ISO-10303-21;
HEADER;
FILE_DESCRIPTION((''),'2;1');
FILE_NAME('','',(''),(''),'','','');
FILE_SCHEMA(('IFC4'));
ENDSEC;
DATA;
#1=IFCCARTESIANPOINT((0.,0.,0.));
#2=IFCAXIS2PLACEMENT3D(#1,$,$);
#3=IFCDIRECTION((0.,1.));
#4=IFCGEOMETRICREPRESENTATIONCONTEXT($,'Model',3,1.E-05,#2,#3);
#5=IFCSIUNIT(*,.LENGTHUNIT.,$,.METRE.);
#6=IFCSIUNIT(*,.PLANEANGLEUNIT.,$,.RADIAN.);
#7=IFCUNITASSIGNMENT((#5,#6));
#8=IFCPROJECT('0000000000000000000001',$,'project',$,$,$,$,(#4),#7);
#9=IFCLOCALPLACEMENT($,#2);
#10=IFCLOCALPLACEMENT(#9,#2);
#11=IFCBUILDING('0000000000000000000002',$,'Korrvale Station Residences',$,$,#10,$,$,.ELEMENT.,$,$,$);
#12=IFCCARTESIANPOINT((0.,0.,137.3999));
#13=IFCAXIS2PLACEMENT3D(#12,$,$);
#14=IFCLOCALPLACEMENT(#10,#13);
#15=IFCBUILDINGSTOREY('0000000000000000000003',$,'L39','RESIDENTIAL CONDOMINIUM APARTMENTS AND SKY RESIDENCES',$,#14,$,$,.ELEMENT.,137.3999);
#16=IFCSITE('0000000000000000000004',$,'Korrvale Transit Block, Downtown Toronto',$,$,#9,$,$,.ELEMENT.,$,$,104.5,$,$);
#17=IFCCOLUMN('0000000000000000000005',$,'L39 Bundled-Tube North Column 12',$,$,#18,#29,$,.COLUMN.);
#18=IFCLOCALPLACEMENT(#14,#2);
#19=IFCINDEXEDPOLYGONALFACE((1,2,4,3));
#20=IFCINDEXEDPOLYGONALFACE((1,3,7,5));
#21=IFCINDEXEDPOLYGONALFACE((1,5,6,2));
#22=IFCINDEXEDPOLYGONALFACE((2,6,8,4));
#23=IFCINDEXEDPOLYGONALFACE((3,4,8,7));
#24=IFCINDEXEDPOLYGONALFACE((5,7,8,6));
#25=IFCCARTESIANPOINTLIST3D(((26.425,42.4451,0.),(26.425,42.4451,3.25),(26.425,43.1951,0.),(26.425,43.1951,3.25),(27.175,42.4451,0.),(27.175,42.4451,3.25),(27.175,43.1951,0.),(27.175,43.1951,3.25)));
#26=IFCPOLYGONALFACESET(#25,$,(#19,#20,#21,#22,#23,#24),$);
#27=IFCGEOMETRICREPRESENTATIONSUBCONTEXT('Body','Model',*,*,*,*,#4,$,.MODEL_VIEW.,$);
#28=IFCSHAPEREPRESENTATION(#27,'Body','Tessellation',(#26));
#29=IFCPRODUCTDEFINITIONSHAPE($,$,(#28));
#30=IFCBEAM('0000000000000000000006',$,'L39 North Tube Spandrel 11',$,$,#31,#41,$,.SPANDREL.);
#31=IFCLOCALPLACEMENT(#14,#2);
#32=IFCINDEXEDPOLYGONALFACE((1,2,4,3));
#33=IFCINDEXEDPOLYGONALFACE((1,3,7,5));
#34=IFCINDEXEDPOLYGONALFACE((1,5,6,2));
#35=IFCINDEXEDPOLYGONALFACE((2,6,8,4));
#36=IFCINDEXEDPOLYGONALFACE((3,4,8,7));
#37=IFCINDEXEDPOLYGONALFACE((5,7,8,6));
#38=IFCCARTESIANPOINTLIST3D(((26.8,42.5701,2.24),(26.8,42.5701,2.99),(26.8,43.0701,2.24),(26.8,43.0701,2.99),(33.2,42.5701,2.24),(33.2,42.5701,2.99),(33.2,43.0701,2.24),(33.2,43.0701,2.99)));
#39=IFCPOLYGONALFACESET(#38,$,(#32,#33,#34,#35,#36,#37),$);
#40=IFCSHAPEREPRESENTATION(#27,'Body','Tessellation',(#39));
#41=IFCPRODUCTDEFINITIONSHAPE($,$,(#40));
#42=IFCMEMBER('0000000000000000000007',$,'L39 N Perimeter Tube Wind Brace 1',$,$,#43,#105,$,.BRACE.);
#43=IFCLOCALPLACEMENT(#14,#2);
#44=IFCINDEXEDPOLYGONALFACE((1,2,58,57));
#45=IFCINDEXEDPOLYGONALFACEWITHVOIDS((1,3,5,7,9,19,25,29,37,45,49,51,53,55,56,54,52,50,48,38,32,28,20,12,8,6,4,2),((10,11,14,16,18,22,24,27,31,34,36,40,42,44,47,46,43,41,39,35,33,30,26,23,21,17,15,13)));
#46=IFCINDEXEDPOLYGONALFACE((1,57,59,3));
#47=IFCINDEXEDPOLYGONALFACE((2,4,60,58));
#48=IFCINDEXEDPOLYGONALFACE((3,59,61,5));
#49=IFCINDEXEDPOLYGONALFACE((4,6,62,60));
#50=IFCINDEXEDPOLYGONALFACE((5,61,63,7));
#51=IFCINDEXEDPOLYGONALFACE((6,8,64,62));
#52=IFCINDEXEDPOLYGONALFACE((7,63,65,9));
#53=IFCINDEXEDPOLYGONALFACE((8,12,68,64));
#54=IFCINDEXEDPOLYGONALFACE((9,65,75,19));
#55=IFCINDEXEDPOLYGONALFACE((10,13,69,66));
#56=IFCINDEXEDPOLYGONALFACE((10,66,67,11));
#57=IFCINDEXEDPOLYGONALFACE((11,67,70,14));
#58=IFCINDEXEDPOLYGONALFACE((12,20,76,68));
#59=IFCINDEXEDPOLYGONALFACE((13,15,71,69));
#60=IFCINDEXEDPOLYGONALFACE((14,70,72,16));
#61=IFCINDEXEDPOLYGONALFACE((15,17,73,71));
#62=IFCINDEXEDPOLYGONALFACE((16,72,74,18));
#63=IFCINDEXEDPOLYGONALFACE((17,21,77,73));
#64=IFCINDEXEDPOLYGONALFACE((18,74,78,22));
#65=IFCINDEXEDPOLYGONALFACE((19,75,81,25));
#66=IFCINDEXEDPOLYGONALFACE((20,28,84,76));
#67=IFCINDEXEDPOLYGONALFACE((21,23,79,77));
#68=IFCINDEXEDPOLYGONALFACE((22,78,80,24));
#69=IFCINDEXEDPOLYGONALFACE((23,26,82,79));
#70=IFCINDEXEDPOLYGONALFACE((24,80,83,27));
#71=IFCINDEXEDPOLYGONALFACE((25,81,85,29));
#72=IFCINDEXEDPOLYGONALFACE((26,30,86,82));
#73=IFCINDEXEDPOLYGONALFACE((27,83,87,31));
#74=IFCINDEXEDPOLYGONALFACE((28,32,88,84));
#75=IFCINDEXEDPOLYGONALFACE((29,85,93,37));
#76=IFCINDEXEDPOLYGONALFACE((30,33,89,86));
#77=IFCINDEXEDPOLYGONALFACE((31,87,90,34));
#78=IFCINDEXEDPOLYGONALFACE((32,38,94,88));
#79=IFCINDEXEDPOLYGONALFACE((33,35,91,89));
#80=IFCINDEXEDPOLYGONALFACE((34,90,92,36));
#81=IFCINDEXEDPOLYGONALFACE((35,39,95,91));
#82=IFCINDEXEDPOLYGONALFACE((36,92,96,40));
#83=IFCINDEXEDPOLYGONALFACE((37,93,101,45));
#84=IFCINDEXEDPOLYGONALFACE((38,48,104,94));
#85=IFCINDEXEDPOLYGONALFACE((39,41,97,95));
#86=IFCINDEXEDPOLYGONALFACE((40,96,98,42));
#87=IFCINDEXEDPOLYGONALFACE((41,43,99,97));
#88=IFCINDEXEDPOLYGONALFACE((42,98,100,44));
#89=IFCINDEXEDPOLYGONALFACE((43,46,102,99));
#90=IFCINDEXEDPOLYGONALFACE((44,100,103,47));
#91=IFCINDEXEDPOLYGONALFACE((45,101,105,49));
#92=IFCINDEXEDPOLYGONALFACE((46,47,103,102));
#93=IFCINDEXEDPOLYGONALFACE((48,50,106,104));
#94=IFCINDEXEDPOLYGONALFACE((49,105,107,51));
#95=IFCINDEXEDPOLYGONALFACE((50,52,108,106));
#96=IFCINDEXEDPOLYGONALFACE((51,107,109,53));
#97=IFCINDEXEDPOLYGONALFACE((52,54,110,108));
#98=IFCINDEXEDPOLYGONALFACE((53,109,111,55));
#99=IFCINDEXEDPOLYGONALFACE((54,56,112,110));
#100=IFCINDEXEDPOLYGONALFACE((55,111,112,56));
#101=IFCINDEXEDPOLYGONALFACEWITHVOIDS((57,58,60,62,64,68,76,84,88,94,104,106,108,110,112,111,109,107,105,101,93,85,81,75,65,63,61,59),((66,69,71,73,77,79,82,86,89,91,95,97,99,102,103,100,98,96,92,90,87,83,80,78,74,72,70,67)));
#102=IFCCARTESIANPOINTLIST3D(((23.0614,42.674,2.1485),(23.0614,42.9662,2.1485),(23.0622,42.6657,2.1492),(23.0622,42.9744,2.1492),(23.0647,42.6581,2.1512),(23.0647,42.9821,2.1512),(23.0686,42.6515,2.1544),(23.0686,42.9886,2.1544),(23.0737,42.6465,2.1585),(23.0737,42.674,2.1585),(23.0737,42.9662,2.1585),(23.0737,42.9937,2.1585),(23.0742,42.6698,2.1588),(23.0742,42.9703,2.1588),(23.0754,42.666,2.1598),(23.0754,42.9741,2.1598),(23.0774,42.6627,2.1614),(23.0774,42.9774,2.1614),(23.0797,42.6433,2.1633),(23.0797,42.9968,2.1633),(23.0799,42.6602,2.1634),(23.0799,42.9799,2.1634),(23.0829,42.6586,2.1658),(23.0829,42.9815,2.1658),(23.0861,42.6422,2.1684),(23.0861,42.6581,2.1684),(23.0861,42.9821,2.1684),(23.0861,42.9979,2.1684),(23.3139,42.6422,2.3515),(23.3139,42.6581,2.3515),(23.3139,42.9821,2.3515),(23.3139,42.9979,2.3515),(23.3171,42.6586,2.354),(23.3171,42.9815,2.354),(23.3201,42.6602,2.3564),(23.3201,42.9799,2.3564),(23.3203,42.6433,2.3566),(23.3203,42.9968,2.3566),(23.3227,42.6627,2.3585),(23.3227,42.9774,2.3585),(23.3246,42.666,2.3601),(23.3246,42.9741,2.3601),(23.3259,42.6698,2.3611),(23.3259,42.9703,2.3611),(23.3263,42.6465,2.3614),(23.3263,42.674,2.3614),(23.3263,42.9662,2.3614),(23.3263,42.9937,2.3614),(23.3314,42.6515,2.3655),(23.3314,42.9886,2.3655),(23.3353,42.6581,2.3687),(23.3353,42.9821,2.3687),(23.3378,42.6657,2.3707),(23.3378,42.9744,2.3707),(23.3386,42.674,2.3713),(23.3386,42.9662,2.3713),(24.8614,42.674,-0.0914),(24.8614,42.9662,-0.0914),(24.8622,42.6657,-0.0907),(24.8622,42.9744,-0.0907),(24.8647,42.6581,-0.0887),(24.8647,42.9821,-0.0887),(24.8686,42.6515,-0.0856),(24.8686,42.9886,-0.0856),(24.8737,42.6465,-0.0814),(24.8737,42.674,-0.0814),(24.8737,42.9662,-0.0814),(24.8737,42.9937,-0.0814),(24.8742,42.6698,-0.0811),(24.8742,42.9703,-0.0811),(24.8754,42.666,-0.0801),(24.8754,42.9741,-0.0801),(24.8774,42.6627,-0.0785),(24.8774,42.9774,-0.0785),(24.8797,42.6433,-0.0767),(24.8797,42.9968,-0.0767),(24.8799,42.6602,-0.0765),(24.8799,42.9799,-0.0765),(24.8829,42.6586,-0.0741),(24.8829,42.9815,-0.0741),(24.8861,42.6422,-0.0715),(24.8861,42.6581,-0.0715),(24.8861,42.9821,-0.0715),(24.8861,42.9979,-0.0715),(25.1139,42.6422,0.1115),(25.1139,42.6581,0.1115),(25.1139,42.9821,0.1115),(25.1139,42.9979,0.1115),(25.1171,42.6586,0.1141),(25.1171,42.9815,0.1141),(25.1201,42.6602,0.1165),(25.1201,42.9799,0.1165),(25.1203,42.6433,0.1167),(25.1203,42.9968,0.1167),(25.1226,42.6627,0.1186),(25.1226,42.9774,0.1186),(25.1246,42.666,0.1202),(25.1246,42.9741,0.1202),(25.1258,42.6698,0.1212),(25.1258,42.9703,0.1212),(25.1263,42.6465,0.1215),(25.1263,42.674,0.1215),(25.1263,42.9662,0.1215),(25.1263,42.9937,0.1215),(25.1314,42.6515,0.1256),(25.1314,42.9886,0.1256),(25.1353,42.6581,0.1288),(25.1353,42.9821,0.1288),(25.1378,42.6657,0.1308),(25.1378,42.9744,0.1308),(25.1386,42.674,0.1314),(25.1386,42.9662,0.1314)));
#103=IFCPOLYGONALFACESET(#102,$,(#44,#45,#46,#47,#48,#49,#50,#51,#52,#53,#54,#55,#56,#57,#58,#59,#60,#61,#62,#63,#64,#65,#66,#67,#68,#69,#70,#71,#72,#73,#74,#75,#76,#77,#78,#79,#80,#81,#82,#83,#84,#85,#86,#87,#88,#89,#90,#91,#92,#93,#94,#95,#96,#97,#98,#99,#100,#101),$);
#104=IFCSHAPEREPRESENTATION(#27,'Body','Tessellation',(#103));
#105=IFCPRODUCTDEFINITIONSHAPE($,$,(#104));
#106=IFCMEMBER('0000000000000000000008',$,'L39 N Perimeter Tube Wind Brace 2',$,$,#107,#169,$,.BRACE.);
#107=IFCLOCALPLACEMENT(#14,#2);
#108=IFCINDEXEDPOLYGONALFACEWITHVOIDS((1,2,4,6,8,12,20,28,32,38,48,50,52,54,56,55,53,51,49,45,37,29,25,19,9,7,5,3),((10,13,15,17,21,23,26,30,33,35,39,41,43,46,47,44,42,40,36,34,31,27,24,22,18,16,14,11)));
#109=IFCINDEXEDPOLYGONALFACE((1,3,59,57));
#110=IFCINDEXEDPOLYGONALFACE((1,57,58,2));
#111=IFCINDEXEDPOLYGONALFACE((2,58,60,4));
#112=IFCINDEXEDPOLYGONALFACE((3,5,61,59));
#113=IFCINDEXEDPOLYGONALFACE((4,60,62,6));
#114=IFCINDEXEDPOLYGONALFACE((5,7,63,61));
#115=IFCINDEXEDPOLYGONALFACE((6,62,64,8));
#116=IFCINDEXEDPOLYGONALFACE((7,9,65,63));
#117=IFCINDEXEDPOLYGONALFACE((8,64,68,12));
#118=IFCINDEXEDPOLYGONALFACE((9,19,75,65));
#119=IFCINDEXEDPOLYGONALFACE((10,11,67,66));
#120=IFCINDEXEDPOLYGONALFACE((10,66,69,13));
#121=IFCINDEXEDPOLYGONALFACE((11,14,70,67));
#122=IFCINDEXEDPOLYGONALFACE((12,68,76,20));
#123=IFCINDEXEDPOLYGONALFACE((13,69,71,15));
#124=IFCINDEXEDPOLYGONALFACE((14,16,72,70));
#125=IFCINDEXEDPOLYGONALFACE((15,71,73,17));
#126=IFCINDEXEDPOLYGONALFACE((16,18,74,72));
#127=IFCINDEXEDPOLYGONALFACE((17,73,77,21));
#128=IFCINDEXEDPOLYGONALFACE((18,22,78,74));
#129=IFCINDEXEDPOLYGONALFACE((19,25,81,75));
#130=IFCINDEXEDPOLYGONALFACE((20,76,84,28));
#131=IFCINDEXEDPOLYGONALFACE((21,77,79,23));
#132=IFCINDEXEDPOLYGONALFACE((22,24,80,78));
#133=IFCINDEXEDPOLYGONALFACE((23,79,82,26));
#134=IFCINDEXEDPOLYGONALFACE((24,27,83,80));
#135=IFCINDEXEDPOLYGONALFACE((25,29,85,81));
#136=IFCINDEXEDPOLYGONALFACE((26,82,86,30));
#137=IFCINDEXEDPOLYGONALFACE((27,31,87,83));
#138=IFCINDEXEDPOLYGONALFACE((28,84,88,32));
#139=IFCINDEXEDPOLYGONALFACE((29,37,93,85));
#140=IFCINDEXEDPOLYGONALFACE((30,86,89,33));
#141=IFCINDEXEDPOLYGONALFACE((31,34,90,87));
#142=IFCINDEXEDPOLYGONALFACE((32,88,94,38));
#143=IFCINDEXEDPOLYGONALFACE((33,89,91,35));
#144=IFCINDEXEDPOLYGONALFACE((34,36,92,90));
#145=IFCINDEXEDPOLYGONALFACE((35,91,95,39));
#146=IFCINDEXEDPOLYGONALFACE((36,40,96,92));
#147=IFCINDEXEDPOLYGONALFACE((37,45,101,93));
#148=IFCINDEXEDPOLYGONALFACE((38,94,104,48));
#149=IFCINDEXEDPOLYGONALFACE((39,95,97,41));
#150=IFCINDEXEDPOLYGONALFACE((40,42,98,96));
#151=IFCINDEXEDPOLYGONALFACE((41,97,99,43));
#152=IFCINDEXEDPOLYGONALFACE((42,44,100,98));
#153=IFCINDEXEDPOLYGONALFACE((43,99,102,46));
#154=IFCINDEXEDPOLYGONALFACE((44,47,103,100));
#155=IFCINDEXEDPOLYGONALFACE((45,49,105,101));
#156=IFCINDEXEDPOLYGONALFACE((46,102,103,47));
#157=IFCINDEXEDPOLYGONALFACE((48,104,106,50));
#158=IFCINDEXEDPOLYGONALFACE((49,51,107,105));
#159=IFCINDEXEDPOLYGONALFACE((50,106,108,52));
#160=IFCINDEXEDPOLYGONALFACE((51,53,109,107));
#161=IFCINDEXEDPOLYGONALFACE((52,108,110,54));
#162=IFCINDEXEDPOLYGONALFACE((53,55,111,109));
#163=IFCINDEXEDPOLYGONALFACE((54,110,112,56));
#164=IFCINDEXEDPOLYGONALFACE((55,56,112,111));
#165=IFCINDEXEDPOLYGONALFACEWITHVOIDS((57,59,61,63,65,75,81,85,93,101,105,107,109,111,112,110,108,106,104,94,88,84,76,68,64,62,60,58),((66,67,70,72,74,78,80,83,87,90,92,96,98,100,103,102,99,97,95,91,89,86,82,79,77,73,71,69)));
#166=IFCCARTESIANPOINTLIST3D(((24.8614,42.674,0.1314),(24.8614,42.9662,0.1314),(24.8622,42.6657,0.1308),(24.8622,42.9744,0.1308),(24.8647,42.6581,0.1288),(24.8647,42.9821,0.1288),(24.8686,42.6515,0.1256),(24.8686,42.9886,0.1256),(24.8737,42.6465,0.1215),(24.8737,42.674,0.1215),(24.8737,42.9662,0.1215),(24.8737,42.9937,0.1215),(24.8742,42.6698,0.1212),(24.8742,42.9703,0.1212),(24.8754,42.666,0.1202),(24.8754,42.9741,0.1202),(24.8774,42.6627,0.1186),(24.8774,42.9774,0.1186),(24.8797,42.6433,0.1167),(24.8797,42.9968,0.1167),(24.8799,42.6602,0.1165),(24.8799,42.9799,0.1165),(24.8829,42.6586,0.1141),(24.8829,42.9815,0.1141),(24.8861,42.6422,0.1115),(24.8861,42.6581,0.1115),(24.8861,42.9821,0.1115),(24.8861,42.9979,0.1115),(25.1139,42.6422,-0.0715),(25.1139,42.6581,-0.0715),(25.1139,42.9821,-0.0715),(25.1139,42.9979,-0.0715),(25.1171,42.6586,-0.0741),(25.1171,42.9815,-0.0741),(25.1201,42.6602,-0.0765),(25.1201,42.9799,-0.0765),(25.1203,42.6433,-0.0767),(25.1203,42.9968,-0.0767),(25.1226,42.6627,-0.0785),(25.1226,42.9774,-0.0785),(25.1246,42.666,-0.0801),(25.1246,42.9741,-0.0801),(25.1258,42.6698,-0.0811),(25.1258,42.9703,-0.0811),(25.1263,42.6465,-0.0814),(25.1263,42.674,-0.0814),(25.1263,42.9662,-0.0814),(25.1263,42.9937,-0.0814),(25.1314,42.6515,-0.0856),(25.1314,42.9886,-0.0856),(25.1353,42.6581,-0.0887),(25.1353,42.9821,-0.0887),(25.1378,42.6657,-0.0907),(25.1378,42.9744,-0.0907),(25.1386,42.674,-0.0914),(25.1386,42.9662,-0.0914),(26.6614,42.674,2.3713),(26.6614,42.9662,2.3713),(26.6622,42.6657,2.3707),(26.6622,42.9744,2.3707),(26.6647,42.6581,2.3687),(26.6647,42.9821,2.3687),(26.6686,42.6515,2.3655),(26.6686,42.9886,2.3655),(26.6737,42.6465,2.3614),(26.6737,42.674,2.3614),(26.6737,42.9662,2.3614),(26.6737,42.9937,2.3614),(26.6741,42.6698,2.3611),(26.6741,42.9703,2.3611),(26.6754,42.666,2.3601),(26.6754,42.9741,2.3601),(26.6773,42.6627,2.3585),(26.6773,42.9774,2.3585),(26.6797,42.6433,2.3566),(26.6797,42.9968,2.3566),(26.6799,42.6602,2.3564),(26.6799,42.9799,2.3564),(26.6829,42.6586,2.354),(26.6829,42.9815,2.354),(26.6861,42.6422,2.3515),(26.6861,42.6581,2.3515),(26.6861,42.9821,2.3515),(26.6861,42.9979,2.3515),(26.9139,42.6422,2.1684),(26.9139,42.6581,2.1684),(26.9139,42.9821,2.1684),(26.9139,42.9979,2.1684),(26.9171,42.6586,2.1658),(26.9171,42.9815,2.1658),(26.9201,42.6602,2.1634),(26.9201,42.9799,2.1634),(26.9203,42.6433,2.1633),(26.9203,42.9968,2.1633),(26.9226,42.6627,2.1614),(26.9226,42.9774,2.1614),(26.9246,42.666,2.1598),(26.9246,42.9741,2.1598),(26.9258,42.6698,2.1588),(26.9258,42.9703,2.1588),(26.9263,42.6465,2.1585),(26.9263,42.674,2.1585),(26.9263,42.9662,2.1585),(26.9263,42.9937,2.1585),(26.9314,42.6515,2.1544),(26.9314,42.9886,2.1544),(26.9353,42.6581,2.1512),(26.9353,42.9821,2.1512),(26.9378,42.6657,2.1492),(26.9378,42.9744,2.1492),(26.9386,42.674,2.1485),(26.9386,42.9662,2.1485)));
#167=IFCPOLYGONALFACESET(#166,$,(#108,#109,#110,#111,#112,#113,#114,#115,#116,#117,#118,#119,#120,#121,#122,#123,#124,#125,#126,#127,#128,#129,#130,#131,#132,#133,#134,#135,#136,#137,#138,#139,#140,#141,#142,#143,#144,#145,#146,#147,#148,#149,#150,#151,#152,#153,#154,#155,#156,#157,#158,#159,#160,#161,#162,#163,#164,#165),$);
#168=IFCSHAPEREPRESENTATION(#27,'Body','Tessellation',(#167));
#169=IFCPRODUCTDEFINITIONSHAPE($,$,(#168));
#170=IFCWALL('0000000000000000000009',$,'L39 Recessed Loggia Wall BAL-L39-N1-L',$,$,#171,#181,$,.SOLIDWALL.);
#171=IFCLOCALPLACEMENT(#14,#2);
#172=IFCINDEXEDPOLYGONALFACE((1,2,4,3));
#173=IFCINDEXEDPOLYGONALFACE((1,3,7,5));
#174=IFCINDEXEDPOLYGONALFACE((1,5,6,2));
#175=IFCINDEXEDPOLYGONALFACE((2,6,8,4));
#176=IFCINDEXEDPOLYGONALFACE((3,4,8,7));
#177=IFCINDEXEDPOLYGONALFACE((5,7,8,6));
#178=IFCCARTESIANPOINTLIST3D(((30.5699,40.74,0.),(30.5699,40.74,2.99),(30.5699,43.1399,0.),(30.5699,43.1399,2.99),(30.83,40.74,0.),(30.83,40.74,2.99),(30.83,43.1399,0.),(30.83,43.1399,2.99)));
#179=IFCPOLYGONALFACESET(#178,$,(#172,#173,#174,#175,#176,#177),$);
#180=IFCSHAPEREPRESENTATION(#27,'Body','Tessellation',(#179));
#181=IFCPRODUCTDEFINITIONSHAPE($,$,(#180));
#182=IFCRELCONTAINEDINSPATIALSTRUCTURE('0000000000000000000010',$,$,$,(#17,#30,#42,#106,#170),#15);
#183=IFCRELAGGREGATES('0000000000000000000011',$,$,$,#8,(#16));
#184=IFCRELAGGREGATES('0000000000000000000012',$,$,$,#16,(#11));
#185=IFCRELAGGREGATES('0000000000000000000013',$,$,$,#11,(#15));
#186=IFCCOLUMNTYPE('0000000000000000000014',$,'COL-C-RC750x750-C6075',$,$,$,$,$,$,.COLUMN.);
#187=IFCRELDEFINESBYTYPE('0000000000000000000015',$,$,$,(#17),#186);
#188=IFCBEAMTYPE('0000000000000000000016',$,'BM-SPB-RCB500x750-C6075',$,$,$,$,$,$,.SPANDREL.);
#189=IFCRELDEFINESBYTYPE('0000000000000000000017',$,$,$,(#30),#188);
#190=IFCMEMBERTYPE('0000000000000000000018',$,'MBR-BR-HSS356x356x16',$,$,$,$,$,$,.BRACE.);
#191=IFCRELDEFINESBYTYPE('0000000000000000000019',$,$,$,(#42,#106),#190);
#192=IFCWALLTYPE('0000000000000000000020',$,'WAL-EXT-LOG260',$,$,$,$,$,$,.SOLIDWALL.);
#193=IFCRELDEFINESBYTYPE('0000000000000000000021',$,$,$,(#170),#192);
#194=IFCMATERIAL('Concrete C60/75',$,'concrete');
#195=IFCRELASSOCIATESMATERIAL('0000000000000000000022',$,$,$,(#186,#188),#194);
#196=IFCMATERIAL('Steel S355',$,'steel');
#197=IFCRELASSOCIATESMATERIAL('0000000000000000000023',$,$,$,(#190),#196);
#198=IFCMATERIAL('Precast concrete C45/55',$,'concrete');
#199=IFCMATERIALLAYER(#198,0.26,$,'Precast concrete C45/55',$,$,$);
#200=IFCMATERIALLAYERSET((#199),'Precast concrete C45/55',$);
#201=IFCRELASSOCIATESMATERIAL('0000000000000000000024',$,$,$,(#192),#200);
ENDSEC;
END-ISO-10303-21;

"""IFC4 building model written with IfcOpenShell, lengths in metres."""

from ifc_helpers import new_model, si_unit, direction, frame, frame_2d, origin, origin_2d, place, context, subcontext, project, spatial, rectangle, hollow_rectangle, extrude, material, layer, layer_set, material_profile, profile_set, type_object, element, save


model = new_model("IFC4")

# Units and contexts
model_context = context("Model", 3, precision=1e-05, world=origin(), true_north=direction((0.0, 1.0)))
body_context = subcontext(model_context, "Body", "Model", "MODEL_VIEW")
ifc_project = project(units=[si_unit("LENGTHUNIT", "METRE"), si_unit("PLANEANGLEUNIT", "RADIAN")], contexts=[model_context])

# Site, building, storey
site_placement = place(None, origin())
site = spatial("IfcSite", under=ifc_project, at=site_placement, Name="Korrvale Transit Block, Downtown Toronto", CompositionType="ELEMENT", RefElevation=104.5)
building_placement = place(site_placement, origin())
building = spatial("IfcBuilding", under=site, at=building_placement, Name="Korrvale Station Residences", CompositionType="ELEMENT")
storey_placement = place(building_placement, frame((0.0, 0.0, 137.3999)))
storey = spatial("IfcBuildingStorey", under=building, at=storey_placement, Name="L39", Description="RESIDENTIAL CONDOMINIUM APARTMENTS AND SKY RESIDENCES", CompositionType="ELEMENT", Elevation=137.3999)

# Column
ifc_material_1 = material(Name="Concrete C60/75", Category="concrete")
ifc_material_profile_1 = material_profile(ifc_material_1, rectangle(XDim=0.75, YDim=0.75, at=origin_2d()), Name="RC750x750")
ifc_profile_set_1 = profile_set([ifc_material_profile_1], Name="Concrete C60/75")
column_type = type_object("IfcColumnType", Name="COL-C-RC750x750-C6075", PredefinedType="COLUMN", material=ifc_profile_set_1)
column_placement = place(storey_placement, frame((26.8, 42.8201, 0.0), z_axis=(0.0, 0.0, 1.0), x_axis=(1.0, 0.0, 0.0)))
element("IfcColumn", 1, at=column_placement, inside=storey, type_object=column_type, Name="L39 Bundled-Tube North Column 12", PredefinedType="COLUMN", context=body_context, shape_type="SweptSolid", body=[
    extrude(rectangle(XDim=0.75, YDim=0.75, at=origin_2d()), origin(), (0.0, 0.0, 1.0), 3.25),
])

# Beam
ifc_material_profile_2 = material_profile(ifc_material_1, rectangle(XDim=0.5, YDim=0.75, at=origin_2d()), Name="RCB500x750")
ifc_profile_set_2 = profile_set([ifc_material_profile_2], Name="Concrete C60/75")
beam_type = type_object("IfcBeamType", Name="BM-SPB-RCB500x750-C6075", PredefinedType="SPANDREL", material=ifc_profile_set_2)
beam_placement = place(storey_placement, frame((26.8, 42.8201, 2.615), z_axis=(1.0, 0.0, 0.0), x_axis=(0.0, 1.0, 0.0)))
element("IfcBeam", 2, at=beam_placement, inside=storey, type_object=beam_type, Name="L39 North Tube Spandrel 11", PredefinedType="SPANDREL", context=body_context, shape_type="SweptSolid", body=[
    extrude(rectangle(XDim=0.5, YDim=0.75, at=origin_2d()), origin(), (0.0, 0.0, 1.0), 6.3999),
])

# Members
ifc_material_2 = material(Name="Steel S355", Category="steel")
ifc_material_profile_3 = material_profile(ifc_material_2, hollow_rectangle(XDim=0.3557, YDim=0.3557, WallThickness=0.0159, InnerFilletRadius=0.0159, OuterFilletRadius=0.0317, at=origin_2d()), Name="HSS356x356x16")
ifc_profile_set_3 = profile_set([ifc_material_profile_3], Name="Steel S355")
member_type = type_object("IfcMemberType", Name="MBR-BR-HSS356x356x16", PredefinedType="BRACE", material=ifc_profile_set_3)
for number, where, z_axis, x_axis, name in (
    (3, (25.0, 42.8201, 0.02), (-0.626403, 0.0, 0.779499), (0.0, -1.0, 0.0), "L39 N Perimeter Tube Wind Brace 1"),
    (4, (25.0, 42.8201, 0.02), (0.626403, 0.0, 0.779499), (0.0, 1.0, 0.0), "L39 N Perimeter Tube Wind Brace 2"),
):
    element("IfcMember", number, at=place(storey_placement, frame(where, z_axis=z_axis, x_axis=x_axis)), inside=storey, type_object=member_type, Name=name, PredefinedType="BRACE", context=body_context, shape_type="SweptSolid", body=[
        extrude(hollow_rectangle(XDim=0.3557, YDim=0.3557, WallThickness=0.0159, InnerFilletRadius=0.0159, OuterFilletRadius=0.0317, at=origin_2d()), origin(), (0.0, 0.0, 1.0), 2.8735),
    ])

# Wall
ifc_material_3 = material(Name="Precast concrete C45/55", Category="concrete")
ifc_layer_1 = layer(ifc_material_3, 0.26, Name="Precast concrete C45/55")
ifc_layer_set_1 = layer_set([ifc_layer_1], Name="Precast concrete C45/55")
wall_type_1 = type_object("IfcWallType", Name="WAL-EXT-LOG260", PredefinedType="SOLIDWALL", material=ifc_layer_set_1)
wall_1_placement = place(storey_placement, frame((30.7, 43.1399, 0.0), z_axis=(0.0, 0.0, 1.0), x_axis=(0.0, -1.0, 0.0)))
element("IfcWall", 5, at=wall_1_placement, inside=storey, type_object=wall_type_1, Name="L39 Recessed Loggia Wall BAL-L39-N1-L", PredefinedType="SOLIDWALL", context=body_context, shape_type="SweptSolid", body=[
    extrude(rectangle(XDim=2.3999, YDim=0.26, at=frame_2d((1.2, 0.0))), origin(), (0.0, 0.0, 1.0), 2.99),
])

save(model, "model.ifc")
